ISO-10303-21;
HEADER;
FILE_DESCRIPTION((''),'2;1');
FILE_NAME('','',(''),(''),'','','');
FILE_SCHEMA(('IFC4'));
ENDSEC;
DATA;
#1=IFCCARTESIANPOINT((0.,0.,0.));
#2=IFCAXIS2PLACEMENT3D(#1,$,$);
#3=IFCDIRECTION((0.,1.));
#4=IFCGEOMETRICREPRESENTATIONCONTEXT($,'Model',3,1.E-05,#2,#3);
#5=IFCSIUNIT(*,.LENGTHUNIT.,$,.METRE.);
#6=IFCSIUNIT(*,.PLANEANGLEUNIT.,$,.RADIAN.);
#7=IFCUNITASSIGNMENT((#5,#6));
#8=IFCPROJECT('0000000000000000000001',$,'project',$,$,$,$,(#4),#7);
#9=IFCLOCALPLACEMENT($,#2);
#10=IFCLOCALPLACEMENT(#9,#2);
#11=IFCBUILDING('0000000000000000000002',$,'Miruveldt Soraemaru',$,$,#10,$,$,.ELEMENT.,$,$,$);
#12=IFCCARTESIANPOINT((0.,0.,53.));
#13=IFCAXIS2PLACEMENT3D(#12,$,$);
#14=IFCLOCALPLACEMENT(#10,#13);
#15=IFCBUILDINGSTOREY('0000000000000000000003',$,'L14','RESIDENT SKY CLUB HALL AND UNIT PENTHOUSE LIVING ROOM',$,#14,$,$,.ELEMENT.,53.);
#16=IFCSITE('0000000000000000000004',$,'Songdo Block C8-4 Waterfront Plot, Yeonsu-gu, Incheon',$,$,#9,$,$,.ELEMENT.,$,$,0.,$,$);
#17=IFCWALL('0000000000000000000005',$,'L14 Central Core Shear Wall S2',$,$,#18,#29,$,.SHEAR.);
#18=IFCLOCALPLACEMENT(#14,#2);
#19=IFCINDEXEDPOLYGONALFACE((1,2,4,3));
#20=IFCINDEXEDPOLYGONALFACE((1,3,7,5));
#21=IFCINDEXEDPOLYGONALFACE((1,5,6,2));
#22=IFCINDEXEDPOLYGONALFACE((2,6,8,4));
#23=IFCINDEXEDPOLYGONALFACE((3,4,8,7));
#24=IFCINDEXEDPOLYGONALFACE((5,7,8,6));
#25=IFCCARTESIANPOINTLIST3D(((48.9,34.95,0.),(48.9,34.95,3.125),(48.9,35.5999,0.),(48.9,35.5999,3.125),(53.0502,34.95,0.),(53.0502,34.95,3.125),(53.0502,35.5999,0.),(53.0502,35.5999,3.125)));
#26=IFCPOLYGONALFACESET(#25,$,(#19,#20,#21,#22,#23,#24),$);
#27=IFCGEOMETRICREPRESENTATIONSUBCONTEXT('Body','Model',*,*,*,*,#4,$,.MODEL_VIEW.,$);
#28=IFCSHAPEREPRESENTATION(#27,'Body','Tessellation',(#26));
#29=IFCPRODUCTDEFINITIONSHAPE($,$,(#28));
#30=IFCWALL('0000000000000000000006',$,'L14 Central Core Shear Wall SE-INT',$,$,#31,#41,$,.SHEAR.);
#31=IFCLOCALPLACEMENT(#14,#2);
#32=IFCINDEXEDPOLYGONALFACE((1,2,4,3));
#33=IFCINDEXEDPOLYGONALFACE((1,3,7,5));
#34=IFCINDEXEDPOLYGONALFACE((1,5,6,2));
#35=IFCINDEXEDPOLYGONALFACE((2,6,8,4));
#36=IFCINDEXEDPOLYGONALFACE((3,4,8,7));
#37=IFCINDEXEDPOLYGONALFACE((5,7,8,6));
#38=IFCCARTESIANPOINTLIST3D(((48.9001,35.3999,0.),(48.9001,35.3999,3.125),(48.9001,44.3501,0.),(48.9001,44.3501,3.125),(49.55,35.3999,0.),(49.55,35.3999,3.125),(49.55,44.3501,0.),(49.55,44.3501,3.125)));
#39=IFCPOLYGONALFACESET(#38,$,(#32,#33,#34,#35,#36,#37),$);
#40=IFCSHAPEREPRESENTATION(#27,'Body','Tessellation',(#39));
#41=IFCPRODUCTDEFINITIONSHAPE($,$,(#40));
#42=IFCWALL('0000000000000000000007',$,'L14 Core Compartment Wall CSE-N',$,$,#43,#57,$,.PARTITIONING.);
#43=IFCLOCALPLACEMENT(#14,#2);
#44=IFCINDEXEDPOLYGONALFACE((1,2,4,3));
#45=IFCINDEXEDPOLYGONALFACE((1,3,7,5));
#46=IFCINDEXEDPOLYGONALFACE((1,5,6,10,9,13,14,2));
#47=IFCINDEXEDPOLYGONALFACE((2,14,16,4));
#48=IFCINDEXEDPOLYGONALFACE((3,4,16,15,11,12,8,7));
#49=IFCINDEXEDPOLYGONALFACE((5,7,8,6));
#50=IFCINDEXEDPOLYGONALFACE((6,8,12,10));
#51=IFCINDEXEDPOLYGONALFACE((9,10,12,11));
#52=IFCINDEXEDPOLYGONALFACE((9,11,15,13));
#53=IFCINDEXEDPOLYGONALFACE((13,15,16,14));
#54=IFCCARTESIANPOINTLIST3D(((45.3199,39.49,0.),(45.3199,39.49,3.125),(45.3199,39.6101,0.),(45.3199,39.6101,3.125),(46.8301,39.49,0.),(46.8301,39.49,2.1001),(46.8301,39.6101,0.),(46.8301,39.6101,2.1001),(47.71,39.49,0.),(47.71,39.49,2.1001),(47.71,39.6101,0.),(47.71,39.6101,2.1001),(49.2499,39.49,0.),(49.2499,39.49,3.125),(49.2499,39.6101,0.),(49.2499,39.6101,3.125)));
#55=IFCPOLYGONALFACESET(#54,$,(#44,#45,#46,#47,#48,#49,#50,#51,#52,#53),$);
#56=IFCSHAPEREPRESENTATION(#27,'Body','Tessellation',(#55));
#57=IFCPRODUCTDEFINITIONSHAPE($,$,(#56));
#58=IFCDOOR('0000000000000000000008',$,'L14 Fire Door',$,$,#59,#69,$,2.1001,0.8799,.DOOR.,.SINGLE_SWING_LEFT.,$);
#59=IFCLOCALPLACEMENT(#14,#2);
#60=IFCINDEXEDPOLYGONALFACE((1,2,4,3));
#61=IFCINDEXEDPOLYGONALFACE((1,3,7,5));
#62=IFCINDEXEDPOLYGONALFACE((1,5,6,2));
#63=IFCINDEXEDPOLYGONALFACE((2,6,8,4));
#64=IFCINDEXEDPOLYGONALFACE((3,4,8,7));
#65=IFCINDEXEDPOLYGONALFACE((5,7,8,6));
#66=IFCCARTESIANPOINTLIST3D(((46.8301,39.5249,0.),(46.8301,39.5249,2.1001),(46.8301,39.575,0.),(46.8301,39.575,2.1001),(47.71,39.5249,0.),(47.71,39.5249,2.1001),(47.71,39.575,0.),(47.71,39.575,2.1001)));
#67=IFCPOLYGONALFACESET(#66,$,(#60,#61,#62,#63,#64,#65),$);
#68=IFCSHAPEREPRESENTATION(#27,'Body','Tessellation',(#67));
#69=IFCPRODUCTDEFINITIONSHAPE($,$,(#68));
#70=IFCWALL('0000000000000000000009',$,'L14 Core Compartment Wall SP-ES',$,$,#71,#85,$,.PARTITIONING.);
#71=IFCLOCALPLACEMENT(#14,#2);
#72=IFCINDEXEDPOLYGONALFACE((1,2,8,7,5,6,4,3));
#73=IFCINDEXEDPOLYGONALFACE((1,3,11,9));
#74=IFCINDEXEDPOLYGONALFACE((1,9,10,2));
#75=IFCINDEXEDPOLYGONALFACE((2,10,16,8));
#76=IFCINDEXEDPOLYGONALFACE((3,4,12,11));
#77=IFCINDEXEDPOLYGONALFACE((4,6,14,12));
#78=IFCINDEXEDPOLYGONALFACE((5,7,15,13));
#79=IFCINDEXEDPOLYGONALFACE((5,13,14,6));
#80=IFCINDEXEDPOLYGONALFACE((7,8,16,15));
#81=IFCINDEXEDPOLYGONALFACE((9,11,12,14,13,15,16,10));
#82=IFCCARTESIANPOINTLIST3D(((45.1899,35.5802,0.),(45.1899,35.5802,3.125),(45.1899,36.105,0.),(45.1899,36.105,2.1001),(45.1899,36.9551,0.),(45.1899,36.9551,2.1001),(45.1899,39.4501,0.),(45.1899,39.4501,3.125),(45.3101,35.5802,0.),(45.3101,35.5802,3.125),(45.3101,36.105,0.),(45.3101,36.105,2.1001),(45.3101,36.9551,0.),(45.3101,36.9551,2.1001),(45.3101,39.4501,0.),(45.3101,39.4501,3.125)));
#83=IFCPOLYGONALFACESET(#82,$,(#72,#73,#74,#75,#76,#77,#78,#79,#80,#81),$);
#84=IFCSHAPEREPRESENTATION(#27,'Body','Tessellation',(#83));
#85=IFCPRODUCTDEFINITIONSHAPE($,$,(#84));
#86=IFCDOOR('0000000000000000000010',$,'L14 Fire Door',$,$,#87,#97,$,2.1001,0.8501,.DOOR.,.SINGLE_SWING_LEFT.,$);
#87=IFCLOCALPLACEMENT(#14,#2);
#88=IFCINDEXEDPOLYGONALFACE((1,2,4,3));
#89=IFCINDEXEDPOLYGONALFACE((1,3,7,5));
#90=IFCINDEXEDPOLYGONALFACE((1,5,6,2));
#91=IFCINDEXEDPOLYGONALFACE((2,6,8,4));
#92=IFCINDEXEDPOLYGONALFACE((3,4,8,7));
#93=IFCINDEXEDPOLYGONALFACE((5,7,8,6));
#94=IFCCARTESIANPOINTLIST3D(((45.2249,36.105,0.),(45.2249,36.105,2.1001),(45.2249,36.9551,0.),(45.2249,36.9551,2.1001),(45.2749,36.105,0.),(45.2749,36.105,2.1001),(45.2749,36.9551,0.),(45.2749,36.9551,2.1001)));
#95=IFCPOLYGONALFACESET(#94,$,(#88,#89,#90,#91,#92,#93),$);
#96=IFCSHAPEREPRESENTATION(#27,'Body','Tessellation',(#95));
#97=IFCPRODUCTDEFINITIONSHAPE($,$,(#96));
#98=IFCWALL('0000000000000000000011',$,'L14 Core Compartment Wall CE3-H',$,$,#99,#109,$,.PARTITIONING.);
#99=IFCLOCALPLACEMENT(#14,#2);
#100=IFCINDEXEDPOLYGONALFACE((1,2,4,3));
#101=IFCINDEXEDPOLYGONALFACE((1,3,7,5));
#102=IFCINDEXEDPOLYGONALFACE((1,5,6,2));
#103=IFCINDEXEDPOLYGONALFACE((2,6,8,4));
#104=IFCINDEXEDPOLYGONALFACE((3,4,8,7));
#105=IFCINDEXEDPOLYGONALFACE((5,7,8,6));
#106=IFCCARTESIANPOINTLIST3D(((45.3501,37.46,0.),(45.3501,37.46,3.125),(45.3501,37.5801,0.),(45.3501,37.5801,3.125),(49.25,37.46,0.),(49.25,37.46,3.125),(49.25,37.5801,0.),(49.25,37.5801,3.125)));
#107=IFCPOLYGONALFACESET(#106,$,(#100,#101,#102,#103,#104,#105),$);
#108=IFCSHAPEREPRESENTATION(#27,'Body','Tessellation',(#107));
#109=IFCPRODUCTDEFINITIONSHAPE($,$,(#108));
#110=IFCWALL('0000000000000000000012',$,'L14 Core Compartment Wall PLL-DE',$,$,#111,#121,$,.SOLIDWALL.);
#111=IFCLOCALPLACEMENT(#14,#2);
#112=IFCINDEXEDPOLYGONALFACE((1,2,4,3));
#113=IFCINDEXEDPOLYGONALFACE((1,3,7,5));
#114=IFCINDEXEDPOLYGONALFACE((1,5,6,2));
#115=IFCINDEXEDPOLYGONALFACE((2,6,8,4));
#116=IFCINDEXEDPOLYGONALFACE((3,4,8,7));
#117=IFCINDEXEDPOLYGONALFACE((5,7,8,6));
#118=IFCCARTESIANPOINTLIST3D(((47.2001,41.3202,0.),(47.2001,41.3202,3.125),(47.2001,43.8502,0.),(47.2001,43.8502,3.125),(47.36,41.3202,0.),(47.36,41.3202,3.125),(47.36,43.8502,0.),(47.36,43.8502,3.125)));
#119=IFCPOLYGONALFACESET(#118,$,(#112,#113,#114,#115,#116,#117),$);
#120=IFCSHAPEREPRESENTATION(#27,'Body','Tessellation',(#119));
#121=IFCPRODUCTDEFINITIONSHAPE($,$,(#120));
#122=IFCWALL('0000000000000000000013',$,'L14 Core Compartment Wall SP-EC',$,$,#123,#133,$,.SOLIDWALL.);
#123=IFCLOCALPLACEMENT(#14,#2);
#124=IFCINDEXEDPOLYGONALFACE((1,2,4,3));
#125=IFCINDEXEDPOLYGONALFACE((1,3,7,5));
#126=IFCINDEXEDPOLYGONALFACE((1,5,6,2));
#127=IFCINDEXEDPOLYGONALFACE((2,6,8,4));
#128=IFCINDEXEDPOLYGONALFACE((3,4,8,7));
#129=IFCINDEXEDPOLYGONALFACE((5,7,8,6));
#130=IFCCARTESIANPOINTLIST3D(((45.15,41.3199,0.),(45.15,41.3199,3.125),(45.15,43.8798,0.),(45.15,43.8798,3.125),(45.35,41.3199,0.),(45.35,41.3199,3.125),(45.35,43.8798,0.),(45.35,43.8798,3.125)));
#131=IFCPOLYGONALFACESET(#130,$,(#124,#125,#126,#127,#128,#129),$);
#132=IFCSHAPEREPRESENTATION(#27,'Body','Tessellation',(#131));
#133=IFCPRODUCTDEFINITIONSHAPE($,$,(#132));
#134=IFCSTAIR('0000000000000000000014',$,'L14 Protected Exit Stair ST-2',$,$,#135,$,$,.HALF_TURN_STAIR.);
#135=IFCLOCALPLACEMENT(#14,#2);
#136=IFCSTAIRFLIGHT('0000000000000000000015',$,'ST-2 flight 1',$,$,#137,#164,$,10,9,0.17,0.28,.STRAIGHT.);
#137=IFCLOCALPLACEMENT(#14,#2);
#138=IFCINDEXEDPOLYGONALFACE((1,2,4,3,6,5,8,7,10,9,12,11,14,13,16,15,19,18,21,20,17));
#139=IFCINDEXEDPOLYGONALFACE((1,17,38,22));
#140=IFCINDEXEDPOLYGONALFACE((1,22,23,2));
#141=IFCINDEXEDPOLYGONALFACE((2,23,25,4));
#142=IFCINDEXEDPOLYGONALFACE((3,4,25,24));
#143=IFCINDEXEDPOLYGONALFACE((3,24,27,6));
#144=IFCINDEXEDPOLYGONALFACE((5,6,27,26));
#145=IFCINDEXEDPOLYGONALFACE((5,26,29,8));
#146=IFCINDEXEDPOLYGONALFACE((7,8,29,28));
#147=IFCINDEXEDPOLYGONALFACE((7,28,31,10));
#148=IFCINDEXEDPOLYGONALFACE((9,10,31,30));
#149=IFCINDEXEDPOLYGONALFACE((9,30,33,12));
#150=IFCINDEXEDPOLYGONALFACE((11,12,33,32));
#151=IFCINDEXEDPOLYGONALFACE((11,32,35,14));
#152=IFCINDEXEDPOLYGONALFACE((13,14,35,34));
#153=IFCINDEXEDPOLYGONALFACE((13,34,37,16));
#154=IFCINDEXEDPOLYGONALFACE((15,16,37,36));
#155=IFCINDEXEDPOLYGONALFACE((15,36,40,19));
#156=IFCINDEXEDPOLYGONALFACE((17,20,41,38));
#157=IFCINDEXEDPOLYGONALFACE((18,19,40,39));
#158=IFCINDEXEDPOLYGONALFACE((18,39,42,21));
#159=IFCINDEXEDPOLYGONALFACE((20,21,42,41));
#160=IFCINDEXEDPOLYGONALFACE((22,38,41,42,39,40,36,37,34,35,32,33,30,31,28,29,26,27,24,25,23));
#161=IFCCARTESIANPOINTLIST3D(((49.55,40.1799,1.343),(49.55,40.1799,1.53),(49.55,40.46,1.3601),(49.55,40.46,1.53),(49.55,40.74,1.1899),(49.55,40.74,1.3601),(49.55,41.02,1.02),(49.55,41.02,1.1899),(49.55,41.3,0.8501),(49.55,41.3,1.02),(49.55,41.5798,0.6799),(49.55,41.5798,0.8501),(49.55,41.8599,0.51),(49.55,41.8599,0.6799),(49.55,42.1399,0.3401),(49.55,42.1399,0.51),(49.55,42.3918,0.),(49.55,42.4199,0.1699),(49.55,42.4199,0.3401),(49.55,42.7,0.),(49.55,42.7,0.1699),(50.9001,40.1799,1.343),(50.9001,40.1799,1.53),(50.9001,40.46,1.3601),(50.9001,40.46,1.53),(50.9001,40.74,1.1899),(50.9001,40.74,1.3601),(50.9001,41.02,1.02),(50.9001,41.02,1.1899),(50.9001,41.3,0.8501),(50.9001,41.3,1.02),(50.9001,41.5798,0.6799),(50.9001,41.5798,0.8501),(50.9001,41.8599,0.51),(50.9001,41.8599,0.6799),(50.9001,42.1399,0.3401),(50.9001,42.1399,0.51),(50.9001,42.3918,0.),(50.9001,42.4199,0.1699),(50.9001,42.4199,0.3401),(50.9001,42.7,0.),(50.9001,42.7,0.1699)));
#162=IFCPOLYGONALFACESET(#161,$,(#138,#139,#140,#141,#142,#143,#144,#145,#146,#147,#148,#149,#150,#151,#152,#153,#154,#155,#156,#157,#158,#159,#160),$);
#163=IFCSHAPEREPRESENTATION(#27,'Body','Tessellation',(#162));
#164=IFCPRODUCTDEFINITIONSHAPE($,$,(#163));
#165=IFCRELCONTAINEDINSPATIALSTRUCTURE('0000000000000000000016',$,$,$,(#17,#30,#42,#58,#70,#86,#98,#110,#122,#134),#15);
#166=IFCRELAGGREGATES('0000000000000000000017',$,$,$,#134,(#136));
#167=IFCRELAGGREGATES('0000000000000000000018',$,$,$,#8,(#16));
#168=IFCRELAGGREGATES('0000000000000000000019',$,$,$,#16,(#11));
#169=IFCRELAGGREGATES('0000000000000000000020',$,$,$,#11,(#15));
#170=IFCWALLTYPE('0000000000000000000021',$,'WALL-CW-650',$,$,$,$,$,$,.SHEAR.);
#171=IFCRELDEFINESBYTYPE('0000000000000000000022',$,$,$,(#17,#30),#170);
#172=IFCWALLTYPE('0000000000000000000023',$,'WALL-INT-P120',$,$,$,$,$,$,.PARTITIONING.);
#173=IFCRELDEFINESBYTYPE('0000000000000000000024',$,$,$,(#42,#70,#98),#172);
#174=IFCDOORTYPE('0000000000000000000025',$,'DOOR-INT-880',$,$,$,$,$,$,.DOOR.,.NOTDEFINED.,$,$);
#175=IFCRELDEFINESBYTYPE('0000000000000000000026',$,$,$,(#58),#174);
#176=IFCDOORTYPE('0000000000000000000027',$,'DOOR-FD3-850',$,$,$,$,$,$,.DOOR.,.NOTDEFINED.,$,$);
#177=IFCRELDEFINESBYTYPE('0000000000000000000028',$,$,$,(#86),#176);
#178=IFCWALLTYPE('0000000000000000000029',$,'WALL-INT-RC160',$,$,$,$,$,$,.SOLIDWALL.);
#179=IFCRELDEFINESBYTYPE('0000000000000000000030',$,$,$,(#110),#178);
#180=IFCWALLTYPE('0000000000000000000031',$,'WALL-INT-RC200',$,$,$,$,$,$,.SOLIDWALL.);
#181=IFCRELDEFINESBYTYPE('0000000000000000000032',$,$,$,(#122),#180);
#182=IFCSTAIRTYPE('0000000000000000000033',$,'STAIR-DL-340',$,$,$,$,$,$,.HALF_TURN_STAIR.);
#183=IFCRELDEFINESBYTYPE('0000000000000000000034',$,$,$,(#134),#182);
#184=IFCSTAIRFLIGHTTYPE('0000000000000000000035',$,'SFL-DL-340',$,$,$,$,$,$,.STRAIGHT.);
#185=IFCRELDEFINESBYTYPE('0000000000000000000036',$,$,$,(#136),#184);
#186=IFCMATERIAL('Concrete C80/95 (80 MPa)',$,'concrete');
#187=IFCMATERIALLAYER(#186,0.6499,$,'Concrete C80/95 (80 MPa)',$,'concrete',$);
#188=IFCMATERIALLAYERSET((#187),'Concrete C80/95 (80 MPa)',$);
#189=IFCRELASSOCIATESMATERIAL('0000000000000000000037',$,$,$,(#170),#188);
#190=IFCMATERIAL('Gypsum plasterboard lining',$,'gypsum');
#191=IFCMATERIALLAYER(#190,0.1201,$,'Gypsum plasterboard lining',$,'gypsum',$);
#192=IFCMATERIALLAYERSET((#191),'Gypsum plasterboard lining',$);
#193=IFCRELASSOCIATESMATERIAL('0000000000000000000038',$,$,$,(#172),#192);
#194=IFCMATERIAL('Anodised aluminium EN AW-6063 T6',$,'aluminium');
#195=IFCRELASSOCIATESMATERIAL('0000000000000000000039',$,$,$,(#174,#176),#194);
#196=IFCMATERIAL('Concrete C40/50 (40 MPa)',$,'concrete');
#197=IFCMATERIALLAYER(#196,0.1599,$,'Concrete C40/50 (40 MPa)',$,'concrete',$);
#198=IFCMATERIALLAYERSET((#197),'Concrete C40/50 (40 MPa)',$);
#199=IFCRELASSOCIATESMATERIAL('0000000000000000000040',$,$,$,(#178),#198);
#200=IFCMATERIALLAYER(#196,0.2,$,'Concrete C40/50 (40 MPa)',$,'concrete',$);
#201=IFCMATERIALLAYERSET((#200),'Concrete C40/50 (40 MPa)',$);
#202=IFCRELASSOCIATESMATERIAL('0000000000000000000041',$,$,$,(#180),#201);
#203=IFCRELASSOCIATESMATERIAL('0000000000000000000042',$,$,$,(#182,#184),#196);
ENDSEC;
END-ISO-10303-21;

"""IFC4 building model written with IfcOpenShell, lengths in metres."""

from ifc_helpers import new_model, si_unit, direction, frame, frame_2d, origin, place, context, subcontext, project, spatial, polyline, rectangle, outline, extrude, material, layer, layer_set, type_object, element, fill, aggregate, save


model = new_model("IFC4")

# Units and contexts
model_context = context("Model", 3, precision=1e-05, world=origin(), true_north=direction((0.0, 1.0)))
body_context = subcontext(model_context, "Body", "Model", "MODEL_VIEW")
ifc_project = project(units=[si_unit("LENGTHUNIT", "METRE"), si_unit("PLANEANGLEUNIT", "RADIAN")], contexts=[model_context])

# Site, building, storey
site_placement = place(None, origin())
site = spatial("IfcSite", under=ifc_project, at=site_placement, Name="Songdo Block C8-4 Waterfront Plot, Yeonsu-gu, Incheon", CompositionType="ELEMENT", RefElevation=0.0)
building_placement = place(site_placement, origin())
building = spatial("IfcBuilding", under=site, at=building_placement, Name="Miruveldt Soraemaru", CompositionType="ELEMENT")
storey_placement = place(building_placement, frame((0.0, 0.0, 53.0)))
storey = spatial("IfcBuildingStorey", under=building, at=storey_placement, Name="L14", Description="RESIDENT SKY CLUB HALL AND UNIT PENTHOUSE LIVING ROOM", CompositionType="ELEMENT", Elevation=53.0)

# Walls
ifc_material_1 = material(Name="Concrete C80/95 (80 MPa)", Category="concrete")
ifc_layer_1 = layer(ifc_material_1, 0.6499, Name="Concrete C80/95 (80 MPa)", Category="concrete")
ifc_layer_set_1 = layer_set([ifc_layer_1], Name="Concrete C80/95 (80 MPa)")
wall_type_1 = type_object("IfcWallType", Name="WALL-CW-650", PredefinedType="SHEAR", material=ifc_layer_set_1)
wall_1_placement = place(storey_placement, frame((48.8999, 35.2749, 0.0), z_axis=(0.0, 0.0, 1.0), x_axis=(1.0, 0.0, 0.0)))
element("IfcWall", 1, at=wall_1_placement, inside=storey, type_object=wall_type_1, Name="L14 Central Core Shear Wall S2", PredefinedType="SHEAR", context=body_context, shape_type="SweptSolid", body=[
    extrude(rectangle(XDim=4.1501, YDim=0.6499, at=frame_2d((2.0752, 0.0))), origin(), (0.0, 0.0, 1.0), 3.125),
])
wall_2_placement = place(storey_placement, frame((49.2251, 35.3999, 0.0), z_axis=(0.0, 0.0, 1.0), x_axis=(0.0, 1.0, 0.0)))
element("IfcWall", 2, at=wall_2_placement, inside=storey, type_object=wall_type_1, Name="L14 Central Core Shear Wall SE-INT", PredefinedType="SHEAR", context=body_context, shape_type="SweptSolid", body=[
    extrude(rectangle(XDim=8.9502, YDim=0.6499, at=frame_2d((4.4751, 0.0))), origin(), (0.0, 0.0, 1.0), 3.125),
])

# Walls, openings, doors
ifc_material_2 = material(Name="Gypsum plasterboard lining", Category="gypsum")
ifc_layer_2 = layer(ifc_material_2, 0.1201, Name="Gypsum plasterboard lining", Category="gypsum")
ifc_layer_set_2 = layer_set([ifc_layer_2], Name="Gypsum plasterboard lining")
wall_type_2 = type_object("IfcWallType", Name="WALL-INT-P120", PredefinedType="PARTITIONING", material=ifc_layer_set_2)
wall_3_placement = place(storey_placement, frame((45.3201, 39.55, 0.0), z_axis=(0.0, 0.0, 1.0), x_axis=(1.0, 0.0, 0.0)))
wall_3 = element("IfcWall", 3, at=wall_3_placement, inside=storey, type_object=wall_type_2, Name="L14 Core Compartment Wall CSE-N", PredefinedType="PARTITIONING", context=body_context, shape_type="SweptSolid", body=[
    extrude(rectangle(XDim=3.9299, YDim=0.1201, at=frame_2d((1.9648, 0.0))), origin(), (0.0, 0.0, 1.0), 3.125),
])
opening_1_placement = place(wall_3_placement, frame((1.51, 0.0, 0.0)))
opening_1 = element("IfcOpeningElement", 4, at=opening_1_placement, cuts=wall_3, PredefinedType="OPENING", context=body_context, shape_type="SweptSolid", body=[
    extrude(rectangle(XDim=0.8799, YDim=2.1001, at=frame_2d((0.4399, 1.05))), frame((0.0, 0.0701, 0.0), z_axis=(0.0, -1.0, 0.0), x_axis=(1.0, 0.0, 0.0)), (0.0, 0.0, 1.0), 0.1401),
])
ifc_material_3 = material(Name="Anodised aluminium EN AW-6063 T6", Category="aluminium")
door_type_1 = type_object("IfcDoorType", Name="DOOR-INT-880", OperationType="NOTDEFINED", PredefinedType="DOOR", material=ifc_material_3)
door_1_placement = place(opening_1_placement, origin())
door_1 = element("IfcDoor", 5, at=door_1_placement, inside=storey, type_object=door_type_1, Name="L14 Fire Door", OperationType="SINGLE_SWING_LEFT", OverallHeight=2.1001, OverallWidth=0.8799, PredefinedType="DOOR", context=body_context, shape_type="SweptSolid", body=[
    extrude(rectangle(XDim=0.8799, YDim=2.1001, at=frame_2d((0.4399, 1.05))), frame((0.0, 0.0249, 0.0), z_axis=(0.0, -1.0, 0.0), x_axis=(1.0, 0.0, 0.0)), (0.0, 0.0, 1.0), 0.05),
])
fill(opening_1, door_1)
wall_4_placement = place(storey_placement, frame((45.25, 35.5801, 0.0), z_axis=(0.0, 0.0, 1.0), x_axis=(0.0, 1.0, 0.0)))
wall_4 = element("IfcWall", 6, at=wall_4_placement, inside=storey, type_object=wall_type_2, Name="L14 Core Compartment Wall SP-ES", PredefinedType="PARTITIONING", context=body_context, shape_type="SweptSolid", body=[
    extrude(rectangle(XDim=3.8699, YDim=0.1201, at=frame_2d((1.9351, 0.0))), origin(), (0.0, 0.0, 1.0), 3.125),
])
opening_2_placement = place(wall_4_placement, frame((0.5249, 0.0, 0.0)))
opening_2 = element("IfcOpeningElement", 7, at=opening_2_placement, cuts=wall_4, PredefinedType="OPENING", context=body_context, shape_type="SweptSolid", body=[
    extrude(rectangle(XDim=0.8501, YDim=2.1001, at=frame_2d((0.425, 1.05))), frame((0.0, 0.0701, 0.0), z_axis=(0.0, -1.0, 0.0), x_axis=(1.0, 0.0, 0.0)), (0.0, 0.0, 1.0), 0.1401),
])
door_type_2 = type_object("IfcDoorType", Name="DOOR-FD3-850", OperationType="NOTDEFINED", PredefinedType="DOOR", material=ifc_material_3)
door_2_placement = place(opening_2_placement, frame((0.8501, 0.0, 0.0), z_axis=(0.0, 0.0, 1.0), x_axis=(-1.0, 0.0, 0.0)))
door_2 = element("IfcDoor", 8, at=door_2_placement, inside=storey, type_object=door_type_2, Name="L14 Fire Door", OperationType="SINGLE_SWING_LEFT", OverallHeight=2.1001, OverallWidth=0.8501, PredefinedType="DOOR", context=body_context, shape_type="SweptSolid", body=[
    extrude(rectangle(XDim=0.8501, YDim=2.1001, at=frame_2d((0.425, 1.05))), frame((0.0, 0.0249, 0.0), z_axis=(0.0, -1.0, 0.0), x_axis=(1.0, 0.0, 0.0)), (0.0, 0.0, 1.0), 0.05),
])
fill(opening_2, door_2)

# Walls
wall_5_placement = place(storey_placement, frame((45.3501, 37.52, 0.0), z_axis=(0.0, 0.0, 1.0), x_axis=(1.0, 0.0, 0.0)))
element("IfcWall", 9, at=wall_5_placement, inside=storey, type_object=wall_type_2, Name="L14 Core Compartment Wall CE3-H", PredefinedType="PARTITIONING", context=body_context, shape_type="SweptSolid", body=[
    extrude(rectangle(XDim=3.8999, YDim=0.1201, at=frame_2d((1.95, 0.0))), origin(), (0.0, 0.0, 1.0), 3.125),
])
ifc_material_4 = material(Name="Concrete C40/50 (40 MPa)", Category="concrete")
ifc_layer_3 = layer(ifc_material_4, 0.1599, Name="Concrete C40/50 (40 MPa)", Category="concrete")
ifc_layer_set_3 = layer_set([ifc_layer_3], Name="Concrete C40/50 (40 MPa)")
wall_type_3 = type_object("IfcWallType", Name="WALL-INT-RC160", PredefinedType="SOLIDWALL", material=ifc_layer_set_3)
wall_6_placement = place(storey_placement, frame((47.28, 41.3201, 0.0), z_axis=(0.0, 0.0, 1.0), x_axis=(0.0, 1.0, 0.0)))
element("IfcWall", 10, at=wall_6_placement, inside=storey, type_object=wall_type_3, Name="L14 Core Compartment Wall PLL-DE", PredefinedType="SOLIDWALL", context=body_context, shape_type="SweptSolid", body=[
    extrude(rectangle(XDim=2.53, YDim=0.1599, at=frame_2d((1.2651, 0.0))), origin(), (0.0, 0.0, 1.0), 3.125),
])

# Shared definitions
ifc_layer_4 = layer(ifc_material_4, 0.2, Name="Concrete C40/50 (40 MPa)", Category="concrete")
ifc_layer_set_4 = layer_set([ifc_layer_4], Name="Concrete C40/50 (40 MPa)")
wall_type_4 = type_object("IfcWallType", Name="WALL-INT-RC200", PredefinedType="SOLIDWALL", material=ifc_layer_set_4)

# Wall
wall_7_placement = place(storey_placement, frame((45.25, 41.3201, 0.0), z_axis=(0.0, 0.0, 1.0), x_axis=(0.0, 1.0, 0.0)))
element("IfcWall", 11, at=wall_7_placement, inside=storey, type_object=wall_type_4, Name="L14 Core Compartment Wall SP-EC", PredefinedType="SOLIDWALL", context=body_context, shape_type="SweptSolid", body=[
    extrude(rectangle(XDim=2.5598, YDim=0.2, at=frame_2d((1.2798, 0.0))), origin(), (0.0, 0.0, 1.0), 3.125),
])

# Stair, stair flight
stair_type = type_object("IfcStairType", Name="STAIR-DL-340", PredefinedType="HALF_TURN_STAIR", material=ifc_material_4)
stair_placement = place(storey_placement, origin())
stair = element("IfcStair", 12, at=stair_placement, inside=storey, type_object=stair_type, Name="L14 Protected Exit Stair ST-2", PredefinedType="HALF_TURN_STAIR")
stair_flight_type = type_object("IfcStairFlightType", Name="SFL-DL-340", PredefinedType="STRAIGHT", material=ifc_material_4)
stair_flight_1_placement = place(storey_placement, frame((50.2251, 42.7, 0.0), z_axis=(0.0, 0.0, 1.0), x_axis=(0.0, -1.0, 0.0)))
stair_flight_1 = element("IfcStairFlight", 13, at=stair_flight_1_placement, type_object=stair_flight_type, Name="ST-2 flight 1", NumberOfRisers=10, NumberOfTreads=9, PredefinedType="STRAIGHT", RiserHeight=0.17, TreadLength=0.28, context=body_context, shape_type="SweptSolid", body=[
    extrude(outline(polyline([(0.0, 0.0), (0.0, 0.1699), (0.28, 0.1699), (0.28, 0.3401), (0.5601, 0.3401), (0.5601, 0.51), (0.8401, 0.51), (0.8401, 0.6799), (1.1201, 0.6799), (1.1201, 0.8501), (1.3999, 0.8501), (1.3999, 1.02), (1.6799, 1.02), (1.6799, 1.1899), (1.96, 1.1899), (1.96, 1.3601), (2.24, 1.3601), (2.24, 1.53), (2.52, 1.53), (2.52, 1.7), (2.52, 1.343), (0.3081, 0.0), (0.0, 0.0)])), frame((0.0, 0.675, 0.0), z_axis=(0.0, -1.0, 0.0), x_axis=(1.0, 0.0, 0.0)), (0.0, 0.0, 1.0), 1.3501),
])
aggregate(stair, [stair_flight_1])

save(model, "model.ifc")
